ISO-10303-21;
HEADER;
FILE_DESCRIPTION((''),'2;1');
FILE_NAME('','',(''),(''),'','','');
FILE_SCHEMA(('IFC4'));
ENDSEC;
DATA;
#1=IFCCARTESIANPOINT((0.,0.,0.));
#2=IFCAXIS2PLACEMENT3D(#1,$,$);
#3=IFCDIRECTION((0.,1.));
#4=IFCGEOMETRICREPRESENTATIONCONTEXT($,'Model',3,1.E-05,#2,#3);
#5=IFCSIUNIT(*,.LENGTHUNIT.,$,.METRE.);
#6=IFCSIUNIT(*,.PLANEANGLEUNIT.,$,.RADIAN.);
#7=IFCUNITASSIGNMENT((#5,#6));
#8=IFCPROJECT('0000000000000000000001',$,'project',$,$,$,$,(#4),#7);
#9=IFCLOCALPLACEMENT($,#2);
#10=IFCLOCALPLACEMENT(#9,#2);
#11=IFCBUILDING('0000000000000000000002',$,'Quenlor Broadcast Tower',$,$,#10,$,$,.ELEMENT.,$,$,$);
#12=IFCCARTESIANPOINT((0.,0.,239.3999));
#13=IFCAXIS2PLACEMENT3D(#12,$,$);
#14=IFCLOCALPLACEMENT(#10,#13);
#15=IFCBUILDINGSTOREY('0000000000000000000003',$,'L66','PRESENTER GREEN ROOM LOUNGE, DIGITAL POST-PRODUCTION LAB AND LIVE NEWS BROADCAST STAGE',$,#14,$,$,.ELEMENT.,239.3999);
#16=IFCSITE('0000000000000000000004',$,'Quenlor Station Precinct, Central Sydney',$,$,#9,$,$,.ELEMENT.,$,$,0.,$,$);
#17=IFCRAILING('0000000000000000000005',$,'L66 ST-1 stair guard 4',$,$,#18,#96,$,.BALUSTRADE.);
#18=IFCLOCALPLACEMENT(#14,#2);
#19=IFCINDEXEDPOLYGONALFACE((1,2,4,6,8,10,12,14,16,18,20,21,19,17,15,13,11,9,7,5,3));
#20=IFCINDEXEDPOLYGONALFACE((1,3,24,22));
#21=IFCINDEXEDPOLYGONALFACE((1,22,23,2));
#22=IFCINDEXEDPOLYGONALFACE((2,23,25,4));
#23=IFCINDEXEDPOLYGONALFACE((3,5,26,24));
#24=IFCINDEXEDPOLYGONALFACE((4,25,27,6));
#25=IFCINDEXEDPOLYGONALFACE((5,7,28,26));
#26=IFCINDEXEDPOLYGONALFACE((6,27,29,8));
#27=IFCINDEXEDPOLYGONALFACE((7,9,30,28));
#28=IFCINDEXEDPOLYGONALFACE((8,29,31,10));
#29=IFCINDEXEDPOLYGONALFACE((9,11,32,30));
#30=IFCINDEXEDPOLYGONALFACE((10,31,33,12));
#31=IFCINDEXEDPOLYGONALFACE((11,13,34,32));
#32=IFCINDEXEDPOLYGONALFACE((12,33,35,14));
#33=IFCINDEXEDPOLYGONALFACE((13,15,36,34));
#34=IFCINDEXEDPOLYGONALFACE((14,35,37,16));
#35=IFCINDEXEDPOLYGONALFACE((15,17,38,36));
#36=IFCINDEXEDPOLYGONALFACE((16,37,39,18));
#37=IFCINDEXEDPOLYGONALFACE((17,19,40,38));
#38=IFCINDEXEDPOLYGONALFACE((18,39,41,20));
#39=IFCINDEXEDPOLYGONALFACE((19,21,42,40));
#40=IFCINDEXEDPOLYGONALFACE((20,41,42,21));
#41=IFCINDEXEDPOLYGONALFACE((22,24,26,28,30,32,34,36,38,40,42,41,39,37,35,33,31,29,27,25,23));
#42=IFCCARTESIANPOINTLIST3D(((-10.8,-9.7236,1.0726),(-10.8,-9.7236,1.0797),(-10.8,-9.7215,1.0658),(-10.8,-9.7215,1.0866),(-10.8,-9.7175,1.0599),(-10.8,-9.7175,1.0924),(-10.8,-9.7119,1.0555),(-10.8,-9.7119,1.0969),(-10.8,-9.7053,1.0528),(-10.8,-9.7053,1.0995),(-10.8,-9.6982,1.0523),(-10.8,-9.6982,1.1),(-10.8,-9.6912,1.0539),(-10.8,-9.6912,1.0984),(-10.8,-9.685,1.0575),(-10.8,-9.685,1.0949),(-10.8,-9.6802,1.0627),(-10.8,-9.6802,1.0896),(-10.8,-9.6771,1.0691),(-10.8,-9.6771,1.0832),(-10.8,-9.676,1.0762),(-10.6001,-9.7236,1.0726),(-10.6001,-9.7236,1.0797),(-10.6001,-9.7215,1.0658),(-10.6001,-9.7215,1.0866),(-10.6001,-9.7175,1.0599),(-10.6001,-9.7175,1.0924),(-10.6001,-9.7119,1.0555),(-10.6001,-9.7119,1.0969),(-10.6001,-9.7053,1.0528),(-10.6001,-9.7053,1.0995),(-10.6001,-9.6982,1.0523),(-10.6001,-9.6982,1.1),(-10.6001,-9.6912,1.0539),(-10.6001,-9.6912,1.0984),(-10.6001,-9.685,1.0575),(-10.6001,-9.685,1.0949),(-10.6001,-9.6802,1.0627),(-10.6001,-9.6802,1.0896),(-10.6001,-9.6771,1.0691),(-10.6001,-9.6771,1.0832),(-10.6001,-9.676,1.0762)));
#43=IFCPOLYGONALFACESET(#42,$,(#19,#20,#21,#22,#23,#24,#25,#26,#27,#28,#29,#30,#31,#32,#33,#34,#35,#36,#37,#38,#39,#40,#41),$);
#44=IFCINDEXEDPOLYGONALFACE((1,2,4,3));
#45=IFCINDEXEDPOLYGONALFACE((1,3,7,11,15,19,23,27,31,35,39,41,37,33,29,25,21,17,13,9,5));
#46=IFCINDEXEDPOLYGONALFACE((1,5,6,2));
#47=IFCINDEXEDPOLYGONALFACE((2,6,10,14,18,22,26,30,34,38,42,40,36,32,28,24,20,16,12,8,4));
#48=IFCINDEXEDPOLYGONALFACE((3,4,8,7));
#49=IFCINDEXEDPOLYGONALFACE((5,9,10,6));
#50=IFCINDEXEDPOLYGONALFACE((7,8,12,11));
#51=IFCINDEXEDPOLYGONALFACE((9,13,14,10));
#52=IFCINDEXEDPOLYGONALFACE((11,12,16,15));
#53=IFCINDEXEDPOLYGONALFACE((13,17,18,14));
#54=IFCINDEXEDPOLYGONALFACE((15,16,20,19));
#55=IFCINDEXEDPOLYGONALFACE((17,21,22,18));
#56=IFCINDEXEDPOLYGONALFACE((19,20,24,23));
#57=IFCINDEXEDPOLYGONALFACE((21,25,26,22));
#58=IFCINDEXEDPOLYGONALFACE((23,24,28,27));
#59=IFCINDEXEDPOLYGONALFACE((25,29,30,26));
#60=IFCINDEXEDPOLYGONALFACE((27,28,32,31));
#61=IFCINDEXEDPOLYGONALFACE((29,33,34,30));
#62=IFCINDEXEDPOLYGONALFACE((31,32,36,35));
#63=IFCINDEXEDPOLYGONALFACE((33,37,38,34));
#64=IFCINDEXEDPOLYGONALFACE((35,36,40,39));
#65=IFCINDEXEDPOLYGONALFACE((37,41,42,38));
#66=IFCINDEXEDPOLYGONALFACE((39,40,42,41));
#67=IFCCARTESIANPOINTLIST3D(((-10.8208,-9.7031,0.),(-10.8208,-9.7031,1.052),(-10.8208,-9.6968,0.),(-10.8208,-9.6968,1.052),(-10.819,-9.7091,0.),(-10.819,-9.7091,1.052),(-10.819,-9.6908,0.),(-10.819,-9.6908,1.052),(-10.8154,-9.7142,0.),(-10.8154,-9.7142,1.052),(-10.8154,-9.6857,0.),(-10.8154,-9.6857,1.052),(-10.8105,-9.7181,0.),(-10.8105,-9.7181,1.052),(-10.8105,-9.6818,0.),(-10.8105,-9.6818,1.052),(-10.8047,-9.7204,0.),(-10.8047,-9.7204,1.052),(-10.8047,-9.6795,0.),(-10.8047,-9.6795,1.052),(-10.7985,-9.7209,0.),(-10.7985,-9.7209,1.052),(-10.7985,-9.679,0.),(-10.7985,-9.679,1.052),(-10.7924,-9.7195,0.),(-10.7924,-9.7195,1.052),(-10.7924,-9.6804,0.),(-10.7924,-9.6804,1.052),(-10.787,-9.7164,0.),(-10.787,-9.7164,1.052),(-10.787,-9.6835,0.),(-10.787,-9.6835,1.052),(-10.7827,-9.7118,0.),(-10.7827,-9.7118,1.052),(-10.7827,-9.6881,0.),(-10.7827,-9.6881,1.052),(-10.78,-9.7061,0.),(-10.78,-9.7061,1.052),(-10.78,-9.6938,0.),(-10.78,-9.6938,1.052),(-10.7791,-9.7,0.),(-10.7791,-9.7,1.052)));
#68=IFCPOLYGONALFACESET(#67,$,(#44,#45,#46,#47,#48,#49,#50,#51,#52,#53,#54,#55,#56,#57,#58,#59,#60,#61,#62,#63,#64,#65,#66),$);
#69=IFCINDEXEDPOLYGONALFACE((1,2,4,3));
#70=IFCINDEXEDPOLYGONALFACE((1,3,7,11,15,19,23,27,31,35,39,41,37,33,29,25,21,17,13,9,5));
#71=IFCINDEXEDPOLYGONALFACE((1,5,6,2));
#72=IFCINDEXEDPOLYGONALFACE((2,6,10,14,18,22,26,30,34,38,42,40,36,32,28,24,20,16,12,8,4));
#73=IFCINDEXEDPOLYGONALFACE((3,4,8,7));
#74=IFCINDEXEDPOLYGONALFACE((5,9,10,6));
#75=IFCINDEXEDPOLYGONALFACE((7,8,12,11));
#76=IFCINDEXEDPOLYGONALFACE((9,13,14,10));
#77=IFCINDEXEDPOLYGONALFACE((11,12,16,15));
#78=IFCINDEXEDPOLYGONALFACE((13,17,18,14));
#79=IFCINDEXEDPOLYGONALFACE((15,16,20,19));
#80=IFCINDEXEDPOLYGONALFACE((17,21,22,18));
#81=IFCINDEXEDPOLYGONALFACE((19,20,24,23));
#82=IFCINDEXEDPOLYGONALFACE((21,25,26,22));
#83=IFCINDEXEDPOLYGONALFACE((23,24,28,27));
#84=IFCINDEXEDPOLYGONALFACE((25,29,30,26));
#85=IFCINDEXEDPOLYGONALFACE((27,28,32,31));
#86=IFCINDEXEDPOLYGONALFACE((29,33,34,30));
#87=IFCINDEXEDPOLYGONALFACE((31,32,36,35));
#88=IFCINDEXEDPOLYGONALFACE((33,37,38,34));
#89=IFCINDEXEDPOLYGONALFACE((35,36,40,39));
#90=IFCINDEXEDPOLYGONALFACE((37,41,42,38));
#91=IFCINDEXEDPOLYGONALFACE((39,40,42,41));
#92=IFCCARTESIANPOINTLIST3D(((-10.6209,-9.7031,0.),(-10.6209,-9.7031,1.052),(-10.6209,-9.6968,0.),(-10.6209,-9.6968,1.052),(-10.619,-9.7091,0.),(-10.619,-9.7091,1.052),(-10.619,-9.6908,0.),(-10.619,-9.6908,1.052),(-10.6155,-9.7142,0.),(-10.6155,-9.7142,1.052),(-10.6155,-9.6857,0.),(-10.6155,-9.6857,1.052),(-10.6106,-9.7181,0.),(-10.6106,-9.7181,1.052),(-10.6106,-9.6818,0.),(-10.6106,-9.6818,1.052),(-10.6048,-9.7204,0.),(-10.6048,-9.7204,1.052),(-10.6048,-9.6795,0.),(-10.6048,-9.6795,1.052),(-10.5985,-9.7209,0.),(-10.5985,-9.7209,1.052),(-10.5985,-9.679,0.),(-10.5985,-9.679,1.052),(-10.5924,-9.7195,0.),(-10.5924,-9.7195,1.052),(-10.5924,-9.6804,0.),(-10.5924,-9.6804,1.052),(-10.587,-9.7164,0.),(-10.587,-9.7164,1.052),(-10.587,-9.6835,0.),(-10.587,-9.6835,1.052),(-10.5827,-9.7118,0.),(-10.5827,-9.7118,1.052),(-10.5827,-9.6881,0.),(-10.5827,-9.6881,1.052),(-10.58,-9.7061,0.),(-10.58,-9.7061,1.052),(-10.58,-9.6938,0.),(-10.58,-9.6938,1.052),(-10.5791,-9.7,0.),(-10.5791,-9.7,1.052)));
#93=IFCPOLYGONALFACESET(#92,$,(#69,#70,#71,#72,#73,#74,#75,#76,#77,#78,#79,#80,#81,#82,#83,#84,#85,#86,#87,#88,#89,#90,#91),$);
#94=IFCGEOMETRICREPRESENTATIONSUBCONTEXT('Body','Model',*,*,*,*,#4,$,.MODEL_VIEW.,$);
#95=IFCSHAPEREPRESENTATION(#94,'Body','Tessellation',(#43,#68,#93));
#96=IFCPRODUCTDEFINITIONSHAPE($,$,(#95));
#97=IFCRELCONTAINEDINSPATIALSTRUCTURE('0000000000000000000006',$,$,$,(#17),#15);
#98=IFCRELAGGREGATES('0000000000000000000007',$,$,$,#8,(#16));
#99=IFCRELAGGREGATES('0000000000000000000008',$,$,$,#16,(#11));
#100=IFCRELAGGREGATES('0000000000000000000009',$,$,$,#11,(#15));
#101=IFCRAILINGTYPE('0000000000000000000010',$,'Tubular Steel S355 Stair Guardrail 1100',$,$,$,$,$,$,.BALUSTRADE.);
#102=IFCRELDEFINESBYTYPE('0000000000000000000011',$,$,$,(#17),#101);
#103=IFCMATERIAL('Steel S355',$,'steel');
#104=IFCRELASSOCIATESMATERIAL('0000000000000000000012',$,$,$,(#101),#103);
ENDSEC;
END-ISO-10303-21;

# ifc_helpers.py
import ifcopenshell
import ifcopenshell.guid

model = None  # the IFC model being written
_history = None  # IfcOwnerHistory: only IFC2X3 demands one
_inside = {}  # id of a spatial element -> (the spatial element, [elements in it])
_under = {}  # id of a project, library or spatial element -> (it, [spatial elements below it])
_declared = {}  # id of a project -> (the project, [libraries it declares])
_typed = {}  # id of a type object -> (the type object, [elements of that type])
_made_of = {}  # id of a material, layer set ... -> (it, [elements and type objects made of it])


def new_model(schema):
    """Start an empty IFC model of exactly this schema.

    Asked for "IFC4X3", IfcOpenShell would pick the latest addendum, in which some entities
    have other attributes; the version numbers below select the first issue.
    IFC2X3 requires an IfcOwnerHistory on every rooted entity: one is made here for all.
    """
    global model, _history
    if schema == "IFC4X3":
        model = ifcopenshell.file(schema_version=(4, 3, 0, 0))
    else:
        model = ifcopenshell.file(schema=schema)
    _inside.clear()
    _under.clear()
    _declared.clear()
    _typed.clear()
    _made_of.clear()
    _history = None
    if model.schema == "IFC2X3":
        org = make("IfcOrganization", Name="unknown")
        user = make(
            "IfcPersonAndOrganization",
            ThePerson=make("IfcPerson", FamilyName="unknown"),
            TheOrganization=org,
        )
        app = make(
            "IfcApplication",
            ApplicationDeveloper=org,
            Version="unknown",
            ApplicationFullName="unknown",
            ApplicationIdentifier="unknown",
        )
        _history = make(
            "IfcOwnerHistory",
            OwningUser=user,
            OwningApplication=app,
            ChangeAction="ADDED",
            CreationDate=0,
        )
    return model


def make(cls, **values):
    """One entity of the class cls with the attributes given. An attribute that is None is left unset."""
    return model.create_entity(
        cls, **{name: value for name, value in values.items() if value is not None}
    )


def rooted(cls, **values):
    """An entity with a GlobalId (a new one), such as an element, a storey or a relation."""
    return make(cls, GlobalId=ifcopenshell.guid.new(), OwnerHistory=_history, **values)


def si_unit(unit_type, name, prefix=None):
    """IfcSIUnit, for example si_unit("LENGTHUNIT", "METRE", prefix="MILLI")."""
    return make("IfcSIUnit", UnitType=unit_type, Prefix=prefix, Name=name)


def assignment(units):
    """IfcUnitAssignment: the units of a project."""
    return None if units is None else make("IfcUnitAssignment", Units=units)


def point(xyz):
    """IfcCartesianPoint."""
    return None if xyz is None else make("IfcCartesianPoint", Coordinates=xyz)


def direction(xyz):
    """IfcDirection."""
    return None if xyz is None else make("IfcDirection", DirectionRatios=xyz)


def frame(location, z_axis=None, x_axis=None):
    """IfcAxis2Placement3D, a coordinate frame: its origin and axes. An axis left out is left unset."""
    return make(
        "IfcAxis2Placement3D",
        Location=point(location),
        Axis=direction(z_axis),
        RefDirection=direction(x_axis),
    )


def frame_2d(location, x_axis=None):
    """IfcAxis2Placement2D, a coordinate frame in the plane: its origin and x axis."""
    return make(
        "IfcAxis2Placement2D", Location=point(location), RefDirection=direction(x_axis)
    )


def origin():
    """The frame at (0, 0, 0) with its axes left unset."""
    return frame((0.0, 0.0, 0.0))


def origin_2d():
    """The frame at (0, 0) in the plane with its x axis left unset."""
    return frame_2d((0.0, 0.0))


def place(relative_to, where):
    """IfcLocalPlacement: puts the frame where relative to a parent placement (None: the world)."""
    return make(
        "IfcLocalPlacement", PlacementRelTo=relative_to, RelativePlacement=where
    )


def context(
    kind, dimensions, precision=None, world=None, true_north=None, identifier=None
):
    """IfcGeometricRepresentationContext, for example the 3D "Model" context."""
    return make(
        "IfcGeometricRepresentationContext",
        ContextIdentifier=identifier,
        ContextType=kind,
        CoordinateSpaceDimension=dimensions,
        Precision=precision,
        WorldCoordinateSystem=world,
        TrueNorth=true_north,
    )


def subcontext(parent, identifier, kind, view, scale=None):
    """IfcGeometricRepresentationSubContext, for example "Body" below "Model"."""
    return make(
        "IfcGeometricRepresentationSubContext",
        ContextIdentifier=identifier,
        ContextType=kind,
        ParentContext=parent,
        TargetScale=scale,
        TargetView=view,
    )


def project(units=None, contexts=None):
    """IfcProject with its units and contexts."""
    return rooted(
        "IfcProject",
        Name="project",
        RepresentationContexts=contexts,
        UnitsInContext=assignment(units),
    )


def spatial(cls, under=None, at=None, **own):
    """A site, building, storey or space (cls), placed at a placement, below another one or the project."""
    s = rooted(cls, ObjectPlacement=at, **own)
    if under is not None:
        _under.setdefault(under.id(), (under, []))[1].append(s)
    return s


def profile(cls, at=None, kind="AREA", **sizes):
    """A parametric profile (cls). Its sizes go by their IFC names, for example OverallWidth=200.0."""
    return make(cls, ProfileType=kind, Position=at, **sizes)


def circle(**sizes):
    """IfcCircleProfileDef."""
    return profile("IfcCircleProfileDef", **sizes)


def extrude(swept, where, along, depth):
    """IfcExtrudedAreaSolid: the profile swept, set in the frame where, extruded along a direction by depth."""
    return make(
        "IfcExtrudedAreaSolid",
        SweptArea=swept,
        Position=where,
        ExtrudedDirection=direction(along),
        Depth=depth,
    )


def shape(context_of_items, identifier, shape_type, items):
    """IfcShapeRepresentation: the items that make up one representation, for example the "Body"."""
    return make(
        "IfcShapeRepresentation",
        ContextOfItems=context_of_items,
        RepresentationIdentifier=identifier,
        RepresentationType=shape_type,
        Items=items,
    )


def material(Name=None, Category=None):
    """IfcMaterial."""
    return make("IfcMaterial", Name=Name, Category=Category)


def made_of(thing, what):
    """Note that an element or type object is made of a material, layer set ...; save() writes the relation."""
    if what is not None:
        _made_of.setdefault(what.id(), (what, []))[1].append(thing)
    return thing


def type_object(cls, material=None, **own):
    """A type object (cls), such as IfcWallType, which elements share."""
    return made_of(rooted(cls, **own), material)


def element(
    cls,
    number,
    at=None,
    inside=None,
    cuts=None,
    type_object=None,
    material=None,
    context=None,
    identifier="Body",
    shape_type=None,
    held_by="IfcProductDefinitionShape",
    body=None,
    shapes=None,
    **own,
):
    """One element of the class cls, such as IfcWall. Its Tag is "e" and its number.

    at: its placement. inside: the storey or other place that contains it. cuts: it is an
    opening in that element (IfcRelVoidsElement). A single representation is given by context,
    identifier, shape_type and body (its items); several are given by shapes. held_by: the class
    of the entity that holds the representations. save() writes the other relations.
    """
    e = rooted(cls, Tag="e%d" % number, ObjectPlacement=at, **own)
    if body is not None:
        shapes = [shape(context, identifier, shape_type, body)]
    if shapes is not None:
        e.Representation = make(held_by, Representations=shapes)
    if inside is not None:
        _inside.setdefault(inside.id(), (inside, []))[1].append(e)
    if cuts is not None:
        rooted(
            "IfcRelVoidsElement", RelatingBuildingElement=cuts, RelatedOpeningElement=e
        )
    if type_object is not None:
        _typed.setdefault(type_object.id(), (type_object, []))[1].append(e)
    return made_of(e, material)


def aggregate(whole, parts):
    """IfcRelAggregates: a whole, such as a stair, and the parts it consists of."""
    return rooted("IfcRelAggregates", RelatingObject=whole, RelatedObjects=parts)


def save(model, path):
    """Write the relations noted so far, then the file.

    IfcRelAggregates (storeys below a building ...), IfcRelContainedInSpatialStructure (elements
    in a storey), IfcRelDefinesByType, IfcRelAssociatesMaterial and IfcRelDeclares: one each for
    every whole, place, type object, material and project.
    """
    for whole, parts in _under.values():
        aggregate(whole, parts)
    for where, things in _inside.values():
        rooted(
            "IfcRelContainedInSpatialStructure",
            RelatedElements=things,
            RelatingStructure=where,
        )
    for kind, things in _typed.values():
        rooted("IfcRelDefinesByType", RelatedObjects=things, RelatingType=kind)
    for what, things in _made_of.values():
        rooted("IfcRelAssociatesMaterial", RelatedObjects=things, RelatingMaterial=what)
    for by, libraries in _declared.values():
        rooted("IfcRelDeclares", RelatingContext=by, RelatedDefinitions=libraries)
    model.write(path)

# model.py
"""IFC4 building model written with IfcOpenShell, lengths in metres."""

from ifc_helpers import new_model, si_unit, direction, frame, origin, origin_2d, place, context, subcontext, project, spatial, circle, extrude, material, type_object, element, save


model = new_model("IFC4")

# Units and contexts
model_context = context("Model", 3, precision=1e-05, world=origin(), true_north=direction((0.0, 1.0)))
body_context = subcontext(model_context, "Body", "Model", "MODEL_VIEW")
ifc_project = project(units=[si_unit("LENGTHUNIT", "METRE"), si_unit("PLANEANGLEUNIT", "RADIAN")], contexts=[model_context])

# Site, building, storey
site_placement = place(None, origin())
site = spatial("IfcSite", under=ifc_project, at=site_placement, Name="Quenlor Station Precinct, Central Sydney", CompositionType="ELEMENT", RefElevation=0.0)
building_placement = place(site_placement, origin())
building = spatial("IfcBuilding", under=site, at=building_placement, Name="Quenlor Broadcast Tower", CompositionType="ELEMENT")
storey_placement = place(building_placement, frame((0.0, 0.0, 239.3999)))
storey = spatial("IfcBuildingStorey", under=building, at=storey_placement, Name="L66", Description="PRESENTER GREEN ROOM LOUNGE, DIGITAL POST-PRODUCTION LAB AND LIVE NEWS BROADCAST STAGE", CompositionType="ELEMENT", Elevation=239.3999)

# Railing
ifc_material_1 = material(Name="Steel S355", Category="steel")
railing_type = type_object("IfcRailingType", Name="Tubular Steel S355 Stair Guardrail 1100", PredefinedType="BALUSTRADE", material=ifc_material_1)
railing_1_placement = place(storey_placement, frame((-10.8, -9.7, 0.0)))
element("IfcRailing", 1, at=railing_1_placement, inside=storey, type_object=railing_type, Name="L66 ST-1 stair guard 4", PredefinedType="BALUSTRADE", context=body_context, shape_type="SweptSolid", body=[
    extrude(circle(Radius=0.0239, at=origin_2d()), frame((0.0, 0.0, 1.0762), z_axis=(1.0, 0.0, 0.0), x_axis=(0.0, 1.0, 0.0)), (0.0, 0.0, 1.0), 0.2),
    extrude(circle(Radius=0.021, at=origin_2d()), origin(), (0.0, 0.0, 1.0), 1.052),
    extrude(circle(Radius=0.021, at=origin_2d()), frame((0.2, 0.0, 0.0)), (0.0, 0.0, 1.0), 1.052),
])

save(model, "model.ifc")
